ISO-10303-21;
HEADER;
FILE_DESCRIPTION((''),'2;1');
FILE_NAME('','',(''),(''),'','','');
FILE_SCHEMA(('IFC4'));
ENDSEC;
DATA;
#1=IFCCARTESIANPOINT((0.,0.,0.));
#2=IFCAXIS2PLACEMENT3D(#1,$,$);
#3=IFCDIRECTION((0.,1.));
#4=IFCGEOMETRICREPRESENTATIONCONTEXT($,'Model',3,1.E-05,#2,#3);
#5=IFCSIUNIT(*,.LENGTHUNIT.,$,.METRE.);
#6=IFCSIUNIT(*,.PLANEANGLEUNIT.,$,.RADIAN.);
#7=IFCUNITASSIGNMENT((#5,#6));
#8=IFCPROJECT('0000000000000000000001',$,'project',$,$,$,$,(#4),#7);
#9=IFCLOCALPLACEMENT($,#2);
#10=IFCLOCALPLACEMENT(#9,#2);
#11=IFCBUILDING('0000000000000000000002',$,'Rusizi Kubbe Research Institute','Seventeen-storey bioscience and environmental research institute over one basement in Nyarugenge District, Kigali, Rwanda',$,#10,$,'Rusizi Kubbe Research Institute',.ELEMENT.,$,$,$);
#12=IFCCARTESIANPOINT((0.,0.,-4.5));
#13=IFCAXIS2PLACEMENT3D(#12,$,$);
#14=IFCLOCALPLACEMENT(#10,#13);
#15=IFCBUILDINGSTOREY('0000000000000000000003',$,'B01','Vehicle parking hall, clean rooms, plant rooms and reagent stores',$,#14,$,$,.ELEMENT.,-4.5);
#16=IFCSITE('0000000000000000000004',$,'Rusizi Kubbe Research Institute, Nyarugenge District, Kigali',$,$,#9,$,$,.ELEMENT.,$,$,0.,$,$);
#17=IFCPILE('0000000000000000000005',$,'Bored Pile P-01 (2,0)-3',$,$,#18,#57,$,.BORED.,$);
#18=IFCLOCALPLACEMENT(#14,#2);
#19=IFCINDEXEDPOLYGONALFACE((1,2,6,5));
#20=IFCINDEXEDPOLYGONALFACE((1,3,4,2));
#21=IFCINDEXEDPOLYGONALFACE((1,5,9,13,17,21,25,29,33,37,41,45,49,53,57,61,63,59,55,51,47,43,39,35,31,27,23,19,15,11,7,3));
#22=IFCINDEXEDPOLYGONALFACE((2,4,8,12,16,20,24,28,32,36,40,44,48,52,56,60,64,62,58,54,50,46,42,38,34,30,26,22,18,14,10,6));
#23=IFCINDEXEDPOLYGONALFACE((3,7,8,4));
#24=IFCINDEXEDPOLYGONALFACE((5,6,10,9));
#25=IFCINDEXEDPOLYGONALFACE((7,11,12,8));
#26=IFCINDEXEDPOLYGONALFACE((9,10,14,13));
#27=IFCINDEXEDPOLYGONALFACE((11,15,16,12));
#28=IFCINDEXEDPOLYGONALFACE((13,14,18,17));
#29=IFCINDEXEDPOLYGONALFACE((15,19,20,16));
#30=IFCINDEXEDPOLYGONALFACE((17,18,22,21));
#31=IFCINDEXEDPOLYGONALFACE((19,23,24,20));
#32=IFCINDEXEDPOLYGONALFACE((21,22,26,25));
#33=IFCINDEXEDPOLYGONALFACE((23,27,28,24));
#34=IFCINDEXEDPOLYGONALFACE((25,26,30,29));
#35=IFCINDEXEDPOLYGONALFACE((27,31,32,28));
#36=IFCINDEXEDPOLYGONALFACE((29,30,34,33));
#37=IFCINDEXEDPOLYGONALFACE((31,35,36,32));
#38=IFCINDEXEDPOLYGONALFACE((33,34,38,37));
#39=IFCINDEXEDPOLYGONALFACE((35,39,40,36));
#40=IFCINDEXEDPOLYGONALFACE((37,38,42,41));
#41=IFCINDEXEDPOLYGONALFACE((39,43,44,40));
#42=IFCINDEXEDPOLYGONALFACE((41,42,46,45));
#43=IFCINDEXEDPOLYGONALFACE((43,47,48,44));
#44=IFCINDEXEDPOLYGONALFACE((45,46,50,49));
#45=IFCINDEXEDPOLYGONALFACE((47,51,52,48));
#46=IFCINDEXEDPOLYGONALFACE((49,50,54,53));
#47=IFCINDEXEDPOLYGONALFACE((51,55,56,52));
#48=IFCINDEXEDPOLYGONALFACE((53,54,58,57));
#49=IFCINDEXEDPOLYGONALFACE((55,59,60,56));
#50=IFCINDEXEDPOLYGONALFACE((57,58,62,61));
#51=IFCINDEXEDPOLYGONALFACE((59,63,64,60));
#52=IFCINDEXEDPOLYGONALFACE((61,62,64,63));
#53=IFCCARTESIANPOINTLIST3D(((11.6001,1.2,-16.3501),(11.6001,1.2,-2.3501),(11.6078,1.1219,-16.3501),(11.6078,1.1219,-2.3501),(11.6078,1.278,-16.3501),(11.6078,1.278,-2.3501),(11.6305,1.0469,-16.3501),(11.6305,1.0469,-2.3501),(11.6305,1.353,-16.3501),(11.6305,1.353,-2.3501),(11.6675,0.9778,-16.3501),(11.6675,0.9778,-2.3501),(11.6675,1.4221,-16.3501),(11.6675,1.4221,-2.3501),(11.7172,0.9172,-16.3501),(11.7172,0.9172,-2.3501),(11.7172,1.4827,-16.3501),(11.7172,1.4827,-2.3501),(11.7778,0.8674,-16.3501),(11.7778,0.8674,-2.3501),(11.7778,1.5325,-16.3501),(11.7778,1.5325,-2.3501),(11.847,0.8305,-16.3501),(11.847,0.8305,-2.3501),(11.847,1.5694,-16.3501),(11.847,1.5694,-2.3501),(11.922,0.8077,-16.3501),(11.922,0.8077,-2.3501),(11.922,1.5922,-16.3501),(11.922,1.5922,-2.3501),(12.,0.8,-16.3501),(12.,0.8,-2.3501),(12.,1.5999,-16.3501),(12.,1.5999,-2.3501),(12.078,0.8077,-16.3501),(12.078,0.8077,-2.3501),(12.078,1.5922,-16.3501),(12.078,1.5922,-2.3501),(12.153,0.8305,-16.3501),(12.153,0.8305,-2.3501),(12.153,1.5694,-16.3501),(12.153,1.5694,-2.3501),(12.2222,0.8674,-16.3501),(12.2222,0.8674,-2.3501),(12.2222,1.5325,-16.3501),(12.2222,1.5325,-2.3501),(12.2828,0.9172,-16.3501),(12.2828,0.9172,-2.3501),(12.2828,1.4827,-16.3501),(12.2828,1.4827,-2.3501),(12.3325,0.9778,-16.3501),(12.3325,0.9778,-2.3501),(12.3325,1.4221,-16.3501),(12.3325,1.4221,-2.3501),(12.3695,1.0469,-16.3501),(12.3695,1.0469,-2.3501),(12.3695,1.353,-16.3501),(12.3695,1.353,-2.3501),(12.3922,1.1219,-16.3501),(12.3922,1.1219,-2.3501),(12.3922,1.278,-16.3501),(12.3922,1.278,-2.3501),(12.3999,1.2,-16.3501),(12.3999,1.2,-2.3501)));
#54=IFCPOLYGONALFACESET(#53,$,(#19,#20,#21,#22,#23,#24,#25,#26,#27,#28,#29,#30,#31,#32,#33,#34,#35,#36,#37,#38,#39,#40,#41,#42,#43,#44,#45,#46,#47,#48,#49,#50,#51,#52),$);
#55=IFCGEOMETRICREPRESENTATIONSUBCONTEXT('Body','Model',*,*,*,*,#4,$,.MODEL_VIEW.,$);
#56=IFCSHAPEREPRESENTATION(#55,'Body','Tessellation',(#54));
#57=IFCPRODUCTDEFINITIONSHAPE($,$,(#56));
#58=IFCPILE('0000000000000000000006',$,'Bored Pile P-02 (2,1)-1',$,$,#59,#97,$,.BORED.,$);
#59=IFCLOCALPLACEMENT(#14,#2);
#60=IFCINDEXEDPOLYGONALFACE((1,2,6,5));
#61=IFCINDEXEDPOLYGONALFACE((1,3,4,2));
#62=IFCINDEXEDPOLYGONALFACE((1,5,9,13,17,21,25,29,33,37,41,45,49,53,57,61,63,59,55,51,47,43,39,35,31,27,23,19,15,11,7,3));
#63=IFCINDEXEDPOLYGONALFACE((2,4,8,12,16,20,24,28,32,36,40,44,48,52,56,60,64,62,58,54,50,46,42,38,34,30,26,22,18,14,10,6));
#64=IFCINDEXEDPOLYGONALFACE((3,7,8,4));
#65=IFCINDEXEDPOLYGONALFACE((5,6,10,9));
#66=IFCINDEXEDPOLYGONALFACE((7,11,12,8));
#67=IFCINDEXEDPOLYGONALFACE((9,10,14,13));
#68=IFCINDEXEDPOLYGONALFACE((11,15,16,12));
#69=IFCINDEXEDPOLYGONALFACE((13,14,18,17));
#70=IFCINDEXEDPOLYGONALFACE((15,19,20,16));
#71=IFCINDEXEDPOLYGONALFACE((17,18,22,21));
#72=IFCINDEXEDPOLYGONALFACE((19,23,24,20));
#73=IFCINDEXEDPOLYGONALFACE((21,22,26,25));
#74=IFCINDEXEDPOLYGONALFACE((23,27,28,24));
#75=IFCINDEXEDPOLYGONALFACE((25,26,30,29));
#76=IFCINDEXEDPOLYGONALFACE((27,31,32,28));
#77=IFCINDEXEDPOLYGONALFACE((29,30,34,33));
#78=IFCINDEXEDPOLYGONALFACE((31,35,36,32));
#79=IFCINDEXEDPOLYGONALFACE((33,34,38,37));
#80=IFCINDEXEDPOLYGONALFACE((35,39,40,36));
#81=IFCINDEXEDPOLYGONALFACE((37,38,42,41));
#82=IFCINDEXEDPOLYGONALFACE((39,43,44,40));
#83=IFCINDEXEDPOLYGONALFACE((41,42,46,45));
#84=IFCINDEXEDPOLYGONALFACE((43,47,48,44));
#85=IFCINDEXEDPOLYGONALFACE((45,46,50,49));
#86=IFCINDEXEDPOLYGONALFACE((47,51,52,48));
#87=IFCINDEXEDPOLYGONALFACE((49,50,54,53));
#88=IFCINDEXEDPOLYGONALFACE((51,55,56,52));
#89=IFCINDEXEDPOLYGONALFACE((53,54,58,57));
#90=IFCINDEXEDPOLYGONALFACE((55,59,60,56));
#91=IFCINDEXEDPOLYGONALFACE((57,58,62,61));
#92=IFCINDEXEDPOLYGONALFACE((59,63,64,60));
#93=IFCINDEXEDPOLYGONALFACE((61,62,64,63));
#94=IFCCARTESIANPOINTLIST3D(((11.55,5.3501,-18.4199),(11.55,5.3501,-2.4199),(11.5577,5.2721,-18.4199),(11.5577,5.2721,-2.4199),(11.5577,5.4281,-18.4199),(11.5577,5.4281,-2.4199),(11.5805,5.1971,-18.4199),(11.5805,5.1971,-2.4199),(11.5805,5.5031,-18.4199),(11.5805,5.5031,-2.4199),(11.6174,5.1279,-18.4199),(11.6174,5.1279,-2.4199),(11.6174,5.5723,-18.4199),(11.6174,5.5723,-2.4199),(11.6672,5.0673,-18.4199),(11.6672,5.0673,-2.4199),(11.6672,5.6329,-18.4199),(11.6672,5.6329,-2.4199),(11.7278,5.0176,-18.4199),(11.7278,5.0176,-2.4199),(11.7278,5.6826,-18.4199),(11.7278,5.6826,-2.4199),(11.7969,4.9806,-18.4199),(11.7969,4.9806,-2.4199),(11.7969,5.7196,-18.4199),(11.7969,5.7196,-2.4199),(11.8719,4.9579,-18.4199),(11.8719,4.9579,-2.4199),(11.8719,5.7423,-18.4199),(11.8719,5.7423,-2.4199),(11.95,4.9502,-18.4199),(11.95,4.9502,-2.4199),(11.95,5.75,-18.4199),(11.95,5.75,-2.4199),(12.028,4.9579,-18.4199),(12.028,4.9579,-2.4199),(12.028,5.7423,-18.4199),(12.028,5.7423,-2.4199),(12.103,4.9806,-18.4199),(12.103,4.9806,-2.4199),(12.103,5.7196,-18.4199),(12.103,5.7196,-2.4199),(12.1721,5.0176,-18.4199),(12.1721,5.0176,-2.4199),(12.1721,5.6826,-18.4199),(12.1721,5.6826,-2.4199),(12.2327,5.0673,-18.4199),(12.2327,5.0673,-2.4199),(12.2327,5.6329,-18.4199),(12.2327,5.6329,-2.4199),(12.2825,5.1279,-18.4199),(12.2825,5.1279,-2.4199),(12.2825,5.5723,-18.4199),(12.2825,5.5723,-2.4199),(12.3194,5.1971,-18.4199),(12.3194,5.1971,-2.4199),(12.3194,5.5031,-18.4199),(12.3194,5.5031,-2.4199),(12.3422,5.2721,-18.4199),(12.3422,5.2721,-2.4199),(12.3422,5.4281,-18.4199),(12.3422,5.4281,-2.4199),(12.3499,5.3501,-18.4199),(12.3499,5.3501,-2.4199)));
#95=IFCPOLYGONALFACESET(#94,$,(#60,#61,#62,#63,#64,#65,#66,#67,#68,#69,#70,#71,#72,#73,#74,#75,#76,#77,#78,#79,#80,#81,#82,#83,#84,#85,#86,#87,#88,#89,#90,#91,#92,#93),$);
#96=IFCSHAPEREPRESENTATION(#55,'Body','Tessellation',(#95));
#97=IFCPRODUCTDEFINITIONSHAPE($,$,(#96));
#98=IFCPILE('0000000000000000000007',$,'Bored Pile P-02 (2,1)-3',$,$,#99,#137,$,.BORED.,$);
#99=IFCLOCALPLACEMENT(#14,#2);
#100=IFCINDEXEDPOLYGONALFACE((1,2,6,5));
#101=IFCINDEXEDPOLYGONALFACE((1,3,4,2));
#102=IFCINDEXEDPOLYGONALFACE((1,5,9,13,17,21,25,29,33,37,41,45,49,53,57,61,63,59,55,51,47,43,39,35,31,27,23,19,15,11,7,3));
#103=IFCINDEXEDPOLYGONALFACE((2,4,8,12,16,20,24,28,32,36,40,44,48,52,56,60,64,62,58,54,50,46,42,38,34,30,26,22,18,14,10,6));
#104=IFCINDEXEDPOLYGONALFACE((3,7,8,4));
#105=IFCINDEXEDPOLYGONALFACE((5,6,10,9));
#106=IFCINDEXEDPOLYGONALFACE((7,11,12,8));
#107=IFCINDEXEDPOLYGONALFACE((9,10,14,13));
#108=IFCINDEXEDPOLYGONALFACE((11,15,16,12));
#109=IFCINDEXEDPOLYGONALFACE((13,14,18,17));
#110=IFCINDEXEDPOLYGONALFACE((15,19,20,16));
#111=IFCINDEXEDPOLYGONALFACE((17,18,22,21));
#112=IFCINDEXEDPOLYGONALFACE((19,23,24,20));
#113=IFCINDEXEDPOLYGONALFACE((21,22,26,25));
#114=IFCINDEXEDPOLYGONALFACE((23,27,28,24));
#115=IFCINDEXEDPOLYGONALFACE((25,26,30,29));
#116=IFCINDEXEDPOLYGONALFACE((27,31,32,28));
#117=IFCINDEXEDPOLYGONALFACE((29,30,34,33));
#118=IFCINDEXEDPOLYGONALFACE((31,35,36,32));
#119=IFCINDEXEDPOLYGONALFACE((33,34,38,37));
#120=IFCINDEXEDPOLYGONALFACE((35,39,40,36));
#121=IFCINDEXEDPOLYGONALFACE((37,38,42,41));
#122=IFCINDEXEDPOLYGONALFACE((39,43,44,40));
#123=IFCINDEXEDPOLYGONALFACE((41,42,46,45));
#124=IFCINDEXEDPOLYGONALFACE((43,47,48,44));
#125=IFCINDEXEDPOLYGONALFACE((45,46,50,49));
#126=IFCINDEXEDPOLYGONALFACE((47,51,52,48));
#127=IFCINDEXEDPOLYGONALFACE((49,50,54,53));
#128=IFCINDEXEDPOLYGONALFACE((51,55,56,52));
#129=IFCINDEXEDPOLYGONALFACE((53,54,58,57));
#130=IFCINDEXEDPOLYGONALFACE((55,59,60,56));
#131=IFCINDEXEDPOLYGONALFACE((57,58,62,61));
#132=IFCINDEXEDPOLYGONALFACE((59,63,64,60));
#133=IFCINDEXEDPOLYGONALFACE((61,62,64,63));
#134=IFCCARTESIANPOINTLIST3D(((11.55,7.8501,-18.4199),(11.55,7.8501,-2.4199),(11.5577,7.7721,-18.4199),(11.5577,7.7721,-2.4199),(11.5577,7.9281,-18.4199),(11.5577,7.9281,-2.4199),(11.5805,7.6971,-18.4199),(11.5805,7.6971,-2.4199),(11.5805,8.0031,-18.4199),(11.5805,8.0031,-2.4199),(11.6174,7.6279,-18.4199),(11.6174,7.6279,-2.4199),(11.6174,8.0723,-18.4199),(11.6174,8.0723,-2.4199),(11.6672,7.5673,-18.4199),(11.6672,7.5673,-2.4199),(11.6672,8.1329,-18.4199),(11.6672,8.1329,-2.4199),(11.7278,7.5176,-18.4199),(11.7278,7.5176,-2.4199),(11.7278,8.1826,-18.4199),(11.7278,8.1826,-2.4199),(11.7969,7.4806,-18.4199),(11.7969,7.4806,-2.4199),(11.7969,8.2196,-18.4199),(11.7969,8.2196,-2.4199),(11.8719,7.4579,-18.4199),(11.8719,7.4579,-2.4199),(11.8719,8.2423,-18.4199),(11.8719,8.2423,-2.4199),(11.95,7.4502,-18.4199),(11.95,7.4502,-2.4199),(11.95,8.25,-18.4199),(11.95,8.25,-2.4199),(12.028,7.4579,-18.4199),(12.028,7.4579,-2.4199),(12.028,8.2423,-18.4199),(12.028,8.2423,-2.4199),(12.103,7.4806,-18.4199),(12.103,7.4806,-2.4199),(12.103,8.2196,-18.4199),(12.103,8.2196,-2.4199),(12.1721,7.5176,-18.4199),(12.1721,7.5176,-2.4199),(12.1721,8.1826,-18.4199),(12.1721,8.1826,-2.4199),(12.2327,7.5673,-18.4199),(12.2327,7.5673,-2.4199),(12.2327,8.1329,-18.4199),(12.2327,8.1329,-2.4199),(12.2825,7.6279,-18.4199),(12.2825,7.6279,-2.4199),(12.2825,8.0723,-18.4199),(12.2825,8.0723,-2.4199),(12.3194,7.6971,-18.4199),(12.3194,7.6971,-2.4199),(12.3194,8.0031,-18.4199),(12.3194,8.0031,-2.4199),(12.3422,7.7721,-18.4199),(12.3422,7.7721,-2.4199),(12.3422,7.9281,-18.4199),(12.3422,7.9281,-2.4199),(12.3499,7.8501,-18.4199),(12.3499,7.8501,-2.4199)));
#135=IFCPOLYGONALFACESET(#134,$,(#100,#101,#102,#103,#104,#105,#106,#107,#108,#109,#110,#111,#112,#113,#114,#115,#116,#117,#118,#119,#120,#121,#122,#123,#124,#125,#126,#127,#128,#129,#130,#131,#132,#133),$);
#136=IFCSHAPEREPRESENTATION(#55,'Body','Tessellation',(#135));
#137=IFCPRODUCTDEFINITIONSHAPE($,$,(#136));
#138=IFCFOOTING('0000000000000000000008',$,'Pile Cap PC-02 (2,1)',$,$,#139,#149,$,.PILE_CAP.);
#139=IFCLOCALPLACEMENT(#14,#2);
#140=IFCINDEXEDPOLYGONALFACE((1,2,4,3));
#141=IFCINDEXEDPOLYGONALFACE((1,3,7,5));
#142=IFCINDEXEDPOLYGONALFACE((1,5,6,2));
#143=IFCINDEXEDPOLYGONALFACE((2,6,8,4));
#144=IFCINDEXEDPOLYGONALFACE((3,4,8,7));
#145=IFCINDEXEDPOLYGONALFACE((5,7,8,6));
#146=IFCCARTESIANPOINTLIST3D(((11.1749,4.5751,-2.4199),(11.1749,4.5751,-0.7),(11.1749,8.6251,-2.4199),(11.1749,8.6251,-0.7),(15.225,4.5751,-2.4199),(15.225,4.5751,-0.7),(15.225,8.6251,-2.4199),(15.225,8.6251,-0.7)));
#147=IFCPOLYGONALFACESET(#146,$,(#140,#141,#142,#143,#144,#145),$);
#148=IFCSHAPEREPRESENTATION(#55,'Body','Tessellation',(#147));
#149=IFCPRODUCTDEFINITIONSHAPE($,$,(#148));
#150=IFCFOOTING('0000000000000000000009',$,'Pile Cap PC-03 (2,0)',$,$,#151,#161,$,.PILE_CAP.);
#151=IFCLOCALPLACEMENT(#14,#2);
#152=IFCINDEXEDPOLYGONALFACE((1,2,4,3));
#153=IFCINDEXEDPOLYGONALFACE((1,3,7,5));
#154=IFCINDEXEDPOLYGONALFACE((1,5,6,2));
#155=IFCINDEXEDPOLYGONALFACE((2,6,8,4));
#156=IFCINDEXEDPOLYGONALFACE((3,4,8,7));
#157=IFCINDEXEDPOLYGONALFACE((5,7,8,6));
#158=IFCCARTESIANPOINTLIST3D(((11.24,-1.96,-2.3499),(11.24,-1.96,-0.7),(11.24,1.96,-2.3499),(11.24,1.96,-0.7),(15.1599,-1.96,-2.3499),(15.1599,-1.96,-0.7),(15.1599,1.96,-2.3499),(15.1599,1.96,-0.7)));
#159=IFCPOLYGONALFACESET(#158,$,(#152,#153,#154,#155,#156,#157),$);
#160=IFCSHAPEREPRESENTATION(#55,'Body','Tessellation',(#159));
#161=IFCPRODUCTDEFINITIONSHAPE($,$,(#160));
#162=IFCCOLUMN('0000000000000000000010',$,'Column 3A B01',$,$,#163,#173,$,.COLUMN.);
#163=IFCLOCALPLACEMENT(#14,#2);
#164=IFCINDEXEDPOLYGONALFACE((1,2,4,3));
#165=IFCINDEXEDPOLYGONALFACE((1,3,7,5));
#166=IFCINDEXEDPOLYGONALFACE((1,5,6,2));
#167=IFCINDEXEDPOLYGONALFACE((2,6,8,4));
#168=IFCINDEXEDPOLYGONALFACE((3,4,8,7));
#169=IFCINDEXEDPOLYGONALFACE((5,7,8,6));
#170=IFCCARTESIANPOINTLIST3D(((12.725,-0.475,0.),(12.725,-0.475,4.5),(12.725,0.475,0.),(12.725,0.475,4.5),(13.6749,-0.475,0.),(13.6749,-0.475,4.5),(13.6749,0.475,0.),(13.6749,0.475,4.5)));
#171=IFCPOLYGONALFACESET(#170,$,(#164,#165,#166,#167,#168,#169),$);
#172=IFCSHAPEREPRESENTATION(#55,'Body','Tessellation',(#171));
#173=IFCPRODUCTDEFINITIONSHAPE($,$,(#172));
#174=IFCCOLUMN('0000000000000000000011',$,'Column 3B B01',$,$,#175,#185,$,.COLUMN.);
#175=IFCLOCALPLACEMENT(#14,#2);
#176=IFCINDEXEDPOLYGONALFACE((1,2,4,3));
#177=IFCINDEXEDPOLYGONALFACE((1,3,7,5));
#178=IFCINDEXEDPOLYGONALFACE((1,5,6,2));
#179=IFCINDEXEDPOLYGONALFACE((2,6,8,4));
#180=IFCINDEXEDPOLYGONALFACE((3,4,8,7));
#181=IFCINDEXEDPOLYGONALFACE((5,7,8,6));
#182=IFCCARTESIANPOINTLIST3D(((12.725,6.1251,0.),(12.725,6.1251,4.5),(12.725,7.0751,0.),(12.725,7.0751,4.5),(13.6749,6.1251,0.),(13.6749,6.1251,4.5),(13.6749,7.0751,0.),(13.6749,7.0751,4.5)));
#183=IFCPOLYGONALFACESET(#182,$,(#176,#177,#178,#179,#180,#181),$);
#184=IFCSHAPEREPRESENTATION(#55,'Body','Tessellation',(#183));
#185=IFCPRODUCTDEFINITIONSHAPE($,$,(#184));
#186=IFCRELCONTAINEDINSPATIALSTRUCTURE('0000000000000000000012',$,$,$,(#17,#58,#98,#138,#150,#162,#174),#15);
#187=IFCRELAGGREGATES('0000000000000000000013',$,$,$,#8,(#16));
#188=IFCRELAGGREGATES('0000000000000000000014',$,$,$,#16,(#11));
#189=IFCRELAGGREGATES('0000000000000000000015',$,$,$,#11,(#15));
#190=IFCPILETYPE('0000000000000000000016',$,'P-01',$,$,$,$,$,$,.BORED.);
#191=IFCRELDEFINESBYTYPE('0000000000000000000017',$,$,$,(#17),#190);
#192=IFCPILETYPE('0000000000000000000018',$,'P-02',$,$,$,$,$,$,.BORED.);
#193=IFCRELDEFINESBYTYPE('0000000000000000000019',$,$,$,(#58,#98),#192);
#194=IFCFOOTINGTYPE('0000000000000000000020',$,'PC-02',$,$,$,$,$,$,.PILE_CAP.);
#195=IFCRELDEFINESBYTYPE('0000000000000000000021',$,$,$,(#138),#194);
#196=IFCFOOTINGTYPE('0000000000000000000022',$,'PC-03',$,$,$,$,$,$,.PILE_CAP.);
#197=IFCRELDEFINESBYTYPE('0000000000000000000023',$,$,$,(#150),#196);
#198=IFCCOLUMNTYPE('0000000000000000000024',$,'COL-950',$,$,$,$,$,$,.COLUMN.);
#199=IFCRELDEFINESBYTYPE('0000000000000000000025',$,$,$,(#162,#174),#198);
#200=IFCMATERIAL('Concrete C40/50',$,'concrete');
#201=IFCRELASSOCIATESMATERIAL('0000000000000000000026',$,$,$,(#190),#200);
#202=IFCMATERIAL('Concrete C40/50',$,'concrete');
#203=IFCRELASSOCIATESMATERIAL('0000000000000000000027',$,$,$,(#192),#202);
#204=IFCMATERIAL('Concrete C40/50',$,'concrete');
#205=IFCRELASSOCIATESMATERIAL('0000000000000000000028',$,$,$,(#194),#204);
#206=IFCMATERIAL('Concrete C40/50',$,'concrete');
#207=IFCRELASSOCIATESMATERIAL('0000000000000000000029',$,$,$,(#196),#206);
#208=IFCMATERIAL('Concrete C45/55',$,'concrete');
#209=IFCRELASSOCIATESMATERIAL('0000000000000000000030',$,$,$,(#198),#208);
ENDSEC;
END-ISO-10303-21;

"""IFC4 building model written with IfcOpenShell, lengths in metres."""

from ifc_helpers import new_model, si_unit, direction, frame, origin, origin_2d, place, context, subcontext, project, spatial, rectangle, circle, extrude, material, material_profile, profile_set, type_object, element, save


model = new_model("IFC4")

# Units and contexts
model_context = context("Model", 3, precision=1e-05, world=origin(), true_north=direction((0.0, 1.0)))
body_context = subcontext(model_context, "Body", "Model", "MODEL_VIEW")
ifc_project = project(units=[si_unit("LENGTHUNIT", "METRE"), si_unit("PLANEANGLEUNIT", "RADIAN")], contexts=[model_context])

# Site, building, storey
site_placement = place(None, origin())
site = spatial("IfcSite", under=ifc_project, at=site_placement, Name="Rusizi Kubbe Research Institute, Nyarugenge District, Kigali", CompositionType="ELEMENT", RefElevation=0.0)
building_placement = place(site_placement, origin())
building = spatial("IfcBuilding", under=site, at=building_placement, Name="Rusizi Kubbe Research Institute", Description="Seventeen-storey bioscience and environmental research institute over one basement in Nyarugenge District, Kigali, Rwanda", LongName="Rusizi Kubbe Research Institute", CompositionType="ELEMENT")
storey_placement = place(building_placement, frame((0.0, 0.0, -4.5)))
storey = spatial("IfcBuildingStorey", under=building, at=storey_placement, Name="B01", Description="Vehicle parking hall, clean rooms, plant rooms and reagent stores", CompositionType="ELEMENT", Elevation=-4.5)

# Piles
ifc_material_1 = material(Name="Concrete C40/50", Category="concrete")
ifc_material_profile_1 = material_profile(ifc_material_1, circle(Radius=0.3999, at=origin_2d()), Name="PILE-D800")
ifc_profile_set_1 = profile_set([ifc_material_profile_1], Name="Concrete C40/50")
pile_type_1 = type_object("IfcPileType", Name="P-01", PredefinedType="BORED", material=ifc_profile_set_1)
for number, where, z_axis, x_axis, name in (
    (1, (12.0, 1.2, -2.3501), (0.0, 0.0, -1.0), (1.0, 0.0, 0.0), "Bored Pile P-01 (2,0)-3"),
):
    element("IfcPile", number, at=place(storey_placement, frame(where, z_axis=z_axis, x_axis=x_axis)), inside=storey, type_object=pile_type_1, Name=name, PredefinedType="BORED", context=body_context, shape_type="SweptSolid", body=[
        extrude(circle(Radius=0.3999, at=origin_2d()), origin(), (0.0, 0.0, 1.0), 14.0),
    ])
ifc_material_2 = material(Name="Concrete C40/50", Category="concrete")
ifc_material_profile_2 = material_profile(ifc_material_2, circle(Radius=0.3999, at=origin_2d()), Name="PILE-D800")
ifc_profile_set_2 = profile_set([ifc_material_profile_2], Name="Concrete C40/50")
pile_type_2 = type_object("IfcPileType", Name="P-02", PredefinedType="BORED", material=ifc_profile_set_2)
for number, where, z_axis, x_axis, name in (
    (2, (11.95, 5.3501, -2.4199), (0.0, 0.0, -1.0), (1.0, 0.0, 0.0), "Bored Pile P-02 (2,1)-1"),
    (3, (11.95, 7.8501, -2.4199), (0.0, 0.0, -1.0), (1.0, 0.0, 0.0), "Bored Pile P-02 (2,1)-3"),
):
    element("IfcPile", number, at=place(storey_placement, frame(where, z_axis=z_axis, x_axis=x_axis)), inside=storey, type_object=pile_type_2, Name=name, PredefinedType="BORED", context=body_context, shape_type="SweptSolid", body=[
        extrude(circle(Radius=0.3999, at=origin_2d()), origin(), (0.0, 0.0, 1.0), 16.0),
    ])

# Footings
ifc_material_3 = material(Name="Concrete C40/50", Category="concrete")
footing_type_1 = type_object("IfcFootingType", Name="PC-02", PredefinedType="PILE_CAP", material=ifc_material_3)
footing_1_placement = place(storey_placement, frame((13.2, 6.6001, -2.4199), z_axis=(0.0, 0.0, 1.0), x_axis=(1.0, 0.0, 0.0)))
element("IfcFooting", 4, at=footing_1_placement, inside=storey, type_object=footing_type_1, Name="Pile Cap PC-02 (2,1)", PredefinedType="PILE_CAP", context=body_context, shape_type="SweptSolid", body=[
    extrude(rectangle(XDim=4.05, YDim=4.05, at=origin_2d()), origin(), (0.0, 0.0, 1.0), 1.72),
])
ifc_material_4 = material(Name="Concrete C40/50", Category="concrete")
footing_type_2 = type_object("IfcFootingType", Name="PC-03", PredefinedType="PILE_CAP", material=ifc_material_4)
footing_2_placement = place(storey_placement, frame((13.2, 0.0, -2.3499), z_axis=(0.0, 0.0, 1.0), x_axis=(1.0, 0.0, 0.0)))
element("IfcFooting", 5, at=footing_2_placement, inside=storey, type_object=footing_type_2, Name="Pile Cap PC-03 (2,0)", PredefinedType="PILE_CAP", context=body_context, shape_type="SweptSolid", body=[
    extrude(rectangle(XDim=3.9199, YDim=3.9199, at=origin_2d()), origin(), (0.0, 0.0, 1.0), 1.6499),
])

# Columns
ifc_material_5 = material(Name="Concrete C45/55", Category="concrete")
ifc_material_profile_3 = material_profile(ifc_material_5, rectangle(XDim=0.95, YDim=0.95, at=origin_2d()), Name="RC950x950")
ifc_profile_set_3 = profile_set([ifc_material_profile_3], Name="Concrete C45/55")
column_type = type_object("IfcColumnType", Name="COL-950", PredefinedType="COLUMN", material=ifc_profile_set_3)
for number, where, z_axis, x_axis, name in (
    (6, (13.2, 0.0, 0.0), (0.0, 0.0, 1.0), (1.0, 0.0, 0.0), "Column 3A B01"),
    (7, (13.2, 6.6001, 0.0), (0.0, 0.0, 1.0), (1.0, 0.0, 0.0), "Column 3B B01"),
):
    element("IfcColumn", number, at=place(storey_placement, frame(where, z_axis=z_axis, x_axis=x_axis)), inside=storey, type_object=column_type, Name=name, PredefinedType="COLUMN", context=body_context, shape_type="SweptSolid", body=[
        extrude(rectangle(XDim=0.95, YDim=0.95, at=origin_2d()), origin(), (0.0, 0.0, 1.0), 4.5),
    ])

save(model, "model.ifc")
